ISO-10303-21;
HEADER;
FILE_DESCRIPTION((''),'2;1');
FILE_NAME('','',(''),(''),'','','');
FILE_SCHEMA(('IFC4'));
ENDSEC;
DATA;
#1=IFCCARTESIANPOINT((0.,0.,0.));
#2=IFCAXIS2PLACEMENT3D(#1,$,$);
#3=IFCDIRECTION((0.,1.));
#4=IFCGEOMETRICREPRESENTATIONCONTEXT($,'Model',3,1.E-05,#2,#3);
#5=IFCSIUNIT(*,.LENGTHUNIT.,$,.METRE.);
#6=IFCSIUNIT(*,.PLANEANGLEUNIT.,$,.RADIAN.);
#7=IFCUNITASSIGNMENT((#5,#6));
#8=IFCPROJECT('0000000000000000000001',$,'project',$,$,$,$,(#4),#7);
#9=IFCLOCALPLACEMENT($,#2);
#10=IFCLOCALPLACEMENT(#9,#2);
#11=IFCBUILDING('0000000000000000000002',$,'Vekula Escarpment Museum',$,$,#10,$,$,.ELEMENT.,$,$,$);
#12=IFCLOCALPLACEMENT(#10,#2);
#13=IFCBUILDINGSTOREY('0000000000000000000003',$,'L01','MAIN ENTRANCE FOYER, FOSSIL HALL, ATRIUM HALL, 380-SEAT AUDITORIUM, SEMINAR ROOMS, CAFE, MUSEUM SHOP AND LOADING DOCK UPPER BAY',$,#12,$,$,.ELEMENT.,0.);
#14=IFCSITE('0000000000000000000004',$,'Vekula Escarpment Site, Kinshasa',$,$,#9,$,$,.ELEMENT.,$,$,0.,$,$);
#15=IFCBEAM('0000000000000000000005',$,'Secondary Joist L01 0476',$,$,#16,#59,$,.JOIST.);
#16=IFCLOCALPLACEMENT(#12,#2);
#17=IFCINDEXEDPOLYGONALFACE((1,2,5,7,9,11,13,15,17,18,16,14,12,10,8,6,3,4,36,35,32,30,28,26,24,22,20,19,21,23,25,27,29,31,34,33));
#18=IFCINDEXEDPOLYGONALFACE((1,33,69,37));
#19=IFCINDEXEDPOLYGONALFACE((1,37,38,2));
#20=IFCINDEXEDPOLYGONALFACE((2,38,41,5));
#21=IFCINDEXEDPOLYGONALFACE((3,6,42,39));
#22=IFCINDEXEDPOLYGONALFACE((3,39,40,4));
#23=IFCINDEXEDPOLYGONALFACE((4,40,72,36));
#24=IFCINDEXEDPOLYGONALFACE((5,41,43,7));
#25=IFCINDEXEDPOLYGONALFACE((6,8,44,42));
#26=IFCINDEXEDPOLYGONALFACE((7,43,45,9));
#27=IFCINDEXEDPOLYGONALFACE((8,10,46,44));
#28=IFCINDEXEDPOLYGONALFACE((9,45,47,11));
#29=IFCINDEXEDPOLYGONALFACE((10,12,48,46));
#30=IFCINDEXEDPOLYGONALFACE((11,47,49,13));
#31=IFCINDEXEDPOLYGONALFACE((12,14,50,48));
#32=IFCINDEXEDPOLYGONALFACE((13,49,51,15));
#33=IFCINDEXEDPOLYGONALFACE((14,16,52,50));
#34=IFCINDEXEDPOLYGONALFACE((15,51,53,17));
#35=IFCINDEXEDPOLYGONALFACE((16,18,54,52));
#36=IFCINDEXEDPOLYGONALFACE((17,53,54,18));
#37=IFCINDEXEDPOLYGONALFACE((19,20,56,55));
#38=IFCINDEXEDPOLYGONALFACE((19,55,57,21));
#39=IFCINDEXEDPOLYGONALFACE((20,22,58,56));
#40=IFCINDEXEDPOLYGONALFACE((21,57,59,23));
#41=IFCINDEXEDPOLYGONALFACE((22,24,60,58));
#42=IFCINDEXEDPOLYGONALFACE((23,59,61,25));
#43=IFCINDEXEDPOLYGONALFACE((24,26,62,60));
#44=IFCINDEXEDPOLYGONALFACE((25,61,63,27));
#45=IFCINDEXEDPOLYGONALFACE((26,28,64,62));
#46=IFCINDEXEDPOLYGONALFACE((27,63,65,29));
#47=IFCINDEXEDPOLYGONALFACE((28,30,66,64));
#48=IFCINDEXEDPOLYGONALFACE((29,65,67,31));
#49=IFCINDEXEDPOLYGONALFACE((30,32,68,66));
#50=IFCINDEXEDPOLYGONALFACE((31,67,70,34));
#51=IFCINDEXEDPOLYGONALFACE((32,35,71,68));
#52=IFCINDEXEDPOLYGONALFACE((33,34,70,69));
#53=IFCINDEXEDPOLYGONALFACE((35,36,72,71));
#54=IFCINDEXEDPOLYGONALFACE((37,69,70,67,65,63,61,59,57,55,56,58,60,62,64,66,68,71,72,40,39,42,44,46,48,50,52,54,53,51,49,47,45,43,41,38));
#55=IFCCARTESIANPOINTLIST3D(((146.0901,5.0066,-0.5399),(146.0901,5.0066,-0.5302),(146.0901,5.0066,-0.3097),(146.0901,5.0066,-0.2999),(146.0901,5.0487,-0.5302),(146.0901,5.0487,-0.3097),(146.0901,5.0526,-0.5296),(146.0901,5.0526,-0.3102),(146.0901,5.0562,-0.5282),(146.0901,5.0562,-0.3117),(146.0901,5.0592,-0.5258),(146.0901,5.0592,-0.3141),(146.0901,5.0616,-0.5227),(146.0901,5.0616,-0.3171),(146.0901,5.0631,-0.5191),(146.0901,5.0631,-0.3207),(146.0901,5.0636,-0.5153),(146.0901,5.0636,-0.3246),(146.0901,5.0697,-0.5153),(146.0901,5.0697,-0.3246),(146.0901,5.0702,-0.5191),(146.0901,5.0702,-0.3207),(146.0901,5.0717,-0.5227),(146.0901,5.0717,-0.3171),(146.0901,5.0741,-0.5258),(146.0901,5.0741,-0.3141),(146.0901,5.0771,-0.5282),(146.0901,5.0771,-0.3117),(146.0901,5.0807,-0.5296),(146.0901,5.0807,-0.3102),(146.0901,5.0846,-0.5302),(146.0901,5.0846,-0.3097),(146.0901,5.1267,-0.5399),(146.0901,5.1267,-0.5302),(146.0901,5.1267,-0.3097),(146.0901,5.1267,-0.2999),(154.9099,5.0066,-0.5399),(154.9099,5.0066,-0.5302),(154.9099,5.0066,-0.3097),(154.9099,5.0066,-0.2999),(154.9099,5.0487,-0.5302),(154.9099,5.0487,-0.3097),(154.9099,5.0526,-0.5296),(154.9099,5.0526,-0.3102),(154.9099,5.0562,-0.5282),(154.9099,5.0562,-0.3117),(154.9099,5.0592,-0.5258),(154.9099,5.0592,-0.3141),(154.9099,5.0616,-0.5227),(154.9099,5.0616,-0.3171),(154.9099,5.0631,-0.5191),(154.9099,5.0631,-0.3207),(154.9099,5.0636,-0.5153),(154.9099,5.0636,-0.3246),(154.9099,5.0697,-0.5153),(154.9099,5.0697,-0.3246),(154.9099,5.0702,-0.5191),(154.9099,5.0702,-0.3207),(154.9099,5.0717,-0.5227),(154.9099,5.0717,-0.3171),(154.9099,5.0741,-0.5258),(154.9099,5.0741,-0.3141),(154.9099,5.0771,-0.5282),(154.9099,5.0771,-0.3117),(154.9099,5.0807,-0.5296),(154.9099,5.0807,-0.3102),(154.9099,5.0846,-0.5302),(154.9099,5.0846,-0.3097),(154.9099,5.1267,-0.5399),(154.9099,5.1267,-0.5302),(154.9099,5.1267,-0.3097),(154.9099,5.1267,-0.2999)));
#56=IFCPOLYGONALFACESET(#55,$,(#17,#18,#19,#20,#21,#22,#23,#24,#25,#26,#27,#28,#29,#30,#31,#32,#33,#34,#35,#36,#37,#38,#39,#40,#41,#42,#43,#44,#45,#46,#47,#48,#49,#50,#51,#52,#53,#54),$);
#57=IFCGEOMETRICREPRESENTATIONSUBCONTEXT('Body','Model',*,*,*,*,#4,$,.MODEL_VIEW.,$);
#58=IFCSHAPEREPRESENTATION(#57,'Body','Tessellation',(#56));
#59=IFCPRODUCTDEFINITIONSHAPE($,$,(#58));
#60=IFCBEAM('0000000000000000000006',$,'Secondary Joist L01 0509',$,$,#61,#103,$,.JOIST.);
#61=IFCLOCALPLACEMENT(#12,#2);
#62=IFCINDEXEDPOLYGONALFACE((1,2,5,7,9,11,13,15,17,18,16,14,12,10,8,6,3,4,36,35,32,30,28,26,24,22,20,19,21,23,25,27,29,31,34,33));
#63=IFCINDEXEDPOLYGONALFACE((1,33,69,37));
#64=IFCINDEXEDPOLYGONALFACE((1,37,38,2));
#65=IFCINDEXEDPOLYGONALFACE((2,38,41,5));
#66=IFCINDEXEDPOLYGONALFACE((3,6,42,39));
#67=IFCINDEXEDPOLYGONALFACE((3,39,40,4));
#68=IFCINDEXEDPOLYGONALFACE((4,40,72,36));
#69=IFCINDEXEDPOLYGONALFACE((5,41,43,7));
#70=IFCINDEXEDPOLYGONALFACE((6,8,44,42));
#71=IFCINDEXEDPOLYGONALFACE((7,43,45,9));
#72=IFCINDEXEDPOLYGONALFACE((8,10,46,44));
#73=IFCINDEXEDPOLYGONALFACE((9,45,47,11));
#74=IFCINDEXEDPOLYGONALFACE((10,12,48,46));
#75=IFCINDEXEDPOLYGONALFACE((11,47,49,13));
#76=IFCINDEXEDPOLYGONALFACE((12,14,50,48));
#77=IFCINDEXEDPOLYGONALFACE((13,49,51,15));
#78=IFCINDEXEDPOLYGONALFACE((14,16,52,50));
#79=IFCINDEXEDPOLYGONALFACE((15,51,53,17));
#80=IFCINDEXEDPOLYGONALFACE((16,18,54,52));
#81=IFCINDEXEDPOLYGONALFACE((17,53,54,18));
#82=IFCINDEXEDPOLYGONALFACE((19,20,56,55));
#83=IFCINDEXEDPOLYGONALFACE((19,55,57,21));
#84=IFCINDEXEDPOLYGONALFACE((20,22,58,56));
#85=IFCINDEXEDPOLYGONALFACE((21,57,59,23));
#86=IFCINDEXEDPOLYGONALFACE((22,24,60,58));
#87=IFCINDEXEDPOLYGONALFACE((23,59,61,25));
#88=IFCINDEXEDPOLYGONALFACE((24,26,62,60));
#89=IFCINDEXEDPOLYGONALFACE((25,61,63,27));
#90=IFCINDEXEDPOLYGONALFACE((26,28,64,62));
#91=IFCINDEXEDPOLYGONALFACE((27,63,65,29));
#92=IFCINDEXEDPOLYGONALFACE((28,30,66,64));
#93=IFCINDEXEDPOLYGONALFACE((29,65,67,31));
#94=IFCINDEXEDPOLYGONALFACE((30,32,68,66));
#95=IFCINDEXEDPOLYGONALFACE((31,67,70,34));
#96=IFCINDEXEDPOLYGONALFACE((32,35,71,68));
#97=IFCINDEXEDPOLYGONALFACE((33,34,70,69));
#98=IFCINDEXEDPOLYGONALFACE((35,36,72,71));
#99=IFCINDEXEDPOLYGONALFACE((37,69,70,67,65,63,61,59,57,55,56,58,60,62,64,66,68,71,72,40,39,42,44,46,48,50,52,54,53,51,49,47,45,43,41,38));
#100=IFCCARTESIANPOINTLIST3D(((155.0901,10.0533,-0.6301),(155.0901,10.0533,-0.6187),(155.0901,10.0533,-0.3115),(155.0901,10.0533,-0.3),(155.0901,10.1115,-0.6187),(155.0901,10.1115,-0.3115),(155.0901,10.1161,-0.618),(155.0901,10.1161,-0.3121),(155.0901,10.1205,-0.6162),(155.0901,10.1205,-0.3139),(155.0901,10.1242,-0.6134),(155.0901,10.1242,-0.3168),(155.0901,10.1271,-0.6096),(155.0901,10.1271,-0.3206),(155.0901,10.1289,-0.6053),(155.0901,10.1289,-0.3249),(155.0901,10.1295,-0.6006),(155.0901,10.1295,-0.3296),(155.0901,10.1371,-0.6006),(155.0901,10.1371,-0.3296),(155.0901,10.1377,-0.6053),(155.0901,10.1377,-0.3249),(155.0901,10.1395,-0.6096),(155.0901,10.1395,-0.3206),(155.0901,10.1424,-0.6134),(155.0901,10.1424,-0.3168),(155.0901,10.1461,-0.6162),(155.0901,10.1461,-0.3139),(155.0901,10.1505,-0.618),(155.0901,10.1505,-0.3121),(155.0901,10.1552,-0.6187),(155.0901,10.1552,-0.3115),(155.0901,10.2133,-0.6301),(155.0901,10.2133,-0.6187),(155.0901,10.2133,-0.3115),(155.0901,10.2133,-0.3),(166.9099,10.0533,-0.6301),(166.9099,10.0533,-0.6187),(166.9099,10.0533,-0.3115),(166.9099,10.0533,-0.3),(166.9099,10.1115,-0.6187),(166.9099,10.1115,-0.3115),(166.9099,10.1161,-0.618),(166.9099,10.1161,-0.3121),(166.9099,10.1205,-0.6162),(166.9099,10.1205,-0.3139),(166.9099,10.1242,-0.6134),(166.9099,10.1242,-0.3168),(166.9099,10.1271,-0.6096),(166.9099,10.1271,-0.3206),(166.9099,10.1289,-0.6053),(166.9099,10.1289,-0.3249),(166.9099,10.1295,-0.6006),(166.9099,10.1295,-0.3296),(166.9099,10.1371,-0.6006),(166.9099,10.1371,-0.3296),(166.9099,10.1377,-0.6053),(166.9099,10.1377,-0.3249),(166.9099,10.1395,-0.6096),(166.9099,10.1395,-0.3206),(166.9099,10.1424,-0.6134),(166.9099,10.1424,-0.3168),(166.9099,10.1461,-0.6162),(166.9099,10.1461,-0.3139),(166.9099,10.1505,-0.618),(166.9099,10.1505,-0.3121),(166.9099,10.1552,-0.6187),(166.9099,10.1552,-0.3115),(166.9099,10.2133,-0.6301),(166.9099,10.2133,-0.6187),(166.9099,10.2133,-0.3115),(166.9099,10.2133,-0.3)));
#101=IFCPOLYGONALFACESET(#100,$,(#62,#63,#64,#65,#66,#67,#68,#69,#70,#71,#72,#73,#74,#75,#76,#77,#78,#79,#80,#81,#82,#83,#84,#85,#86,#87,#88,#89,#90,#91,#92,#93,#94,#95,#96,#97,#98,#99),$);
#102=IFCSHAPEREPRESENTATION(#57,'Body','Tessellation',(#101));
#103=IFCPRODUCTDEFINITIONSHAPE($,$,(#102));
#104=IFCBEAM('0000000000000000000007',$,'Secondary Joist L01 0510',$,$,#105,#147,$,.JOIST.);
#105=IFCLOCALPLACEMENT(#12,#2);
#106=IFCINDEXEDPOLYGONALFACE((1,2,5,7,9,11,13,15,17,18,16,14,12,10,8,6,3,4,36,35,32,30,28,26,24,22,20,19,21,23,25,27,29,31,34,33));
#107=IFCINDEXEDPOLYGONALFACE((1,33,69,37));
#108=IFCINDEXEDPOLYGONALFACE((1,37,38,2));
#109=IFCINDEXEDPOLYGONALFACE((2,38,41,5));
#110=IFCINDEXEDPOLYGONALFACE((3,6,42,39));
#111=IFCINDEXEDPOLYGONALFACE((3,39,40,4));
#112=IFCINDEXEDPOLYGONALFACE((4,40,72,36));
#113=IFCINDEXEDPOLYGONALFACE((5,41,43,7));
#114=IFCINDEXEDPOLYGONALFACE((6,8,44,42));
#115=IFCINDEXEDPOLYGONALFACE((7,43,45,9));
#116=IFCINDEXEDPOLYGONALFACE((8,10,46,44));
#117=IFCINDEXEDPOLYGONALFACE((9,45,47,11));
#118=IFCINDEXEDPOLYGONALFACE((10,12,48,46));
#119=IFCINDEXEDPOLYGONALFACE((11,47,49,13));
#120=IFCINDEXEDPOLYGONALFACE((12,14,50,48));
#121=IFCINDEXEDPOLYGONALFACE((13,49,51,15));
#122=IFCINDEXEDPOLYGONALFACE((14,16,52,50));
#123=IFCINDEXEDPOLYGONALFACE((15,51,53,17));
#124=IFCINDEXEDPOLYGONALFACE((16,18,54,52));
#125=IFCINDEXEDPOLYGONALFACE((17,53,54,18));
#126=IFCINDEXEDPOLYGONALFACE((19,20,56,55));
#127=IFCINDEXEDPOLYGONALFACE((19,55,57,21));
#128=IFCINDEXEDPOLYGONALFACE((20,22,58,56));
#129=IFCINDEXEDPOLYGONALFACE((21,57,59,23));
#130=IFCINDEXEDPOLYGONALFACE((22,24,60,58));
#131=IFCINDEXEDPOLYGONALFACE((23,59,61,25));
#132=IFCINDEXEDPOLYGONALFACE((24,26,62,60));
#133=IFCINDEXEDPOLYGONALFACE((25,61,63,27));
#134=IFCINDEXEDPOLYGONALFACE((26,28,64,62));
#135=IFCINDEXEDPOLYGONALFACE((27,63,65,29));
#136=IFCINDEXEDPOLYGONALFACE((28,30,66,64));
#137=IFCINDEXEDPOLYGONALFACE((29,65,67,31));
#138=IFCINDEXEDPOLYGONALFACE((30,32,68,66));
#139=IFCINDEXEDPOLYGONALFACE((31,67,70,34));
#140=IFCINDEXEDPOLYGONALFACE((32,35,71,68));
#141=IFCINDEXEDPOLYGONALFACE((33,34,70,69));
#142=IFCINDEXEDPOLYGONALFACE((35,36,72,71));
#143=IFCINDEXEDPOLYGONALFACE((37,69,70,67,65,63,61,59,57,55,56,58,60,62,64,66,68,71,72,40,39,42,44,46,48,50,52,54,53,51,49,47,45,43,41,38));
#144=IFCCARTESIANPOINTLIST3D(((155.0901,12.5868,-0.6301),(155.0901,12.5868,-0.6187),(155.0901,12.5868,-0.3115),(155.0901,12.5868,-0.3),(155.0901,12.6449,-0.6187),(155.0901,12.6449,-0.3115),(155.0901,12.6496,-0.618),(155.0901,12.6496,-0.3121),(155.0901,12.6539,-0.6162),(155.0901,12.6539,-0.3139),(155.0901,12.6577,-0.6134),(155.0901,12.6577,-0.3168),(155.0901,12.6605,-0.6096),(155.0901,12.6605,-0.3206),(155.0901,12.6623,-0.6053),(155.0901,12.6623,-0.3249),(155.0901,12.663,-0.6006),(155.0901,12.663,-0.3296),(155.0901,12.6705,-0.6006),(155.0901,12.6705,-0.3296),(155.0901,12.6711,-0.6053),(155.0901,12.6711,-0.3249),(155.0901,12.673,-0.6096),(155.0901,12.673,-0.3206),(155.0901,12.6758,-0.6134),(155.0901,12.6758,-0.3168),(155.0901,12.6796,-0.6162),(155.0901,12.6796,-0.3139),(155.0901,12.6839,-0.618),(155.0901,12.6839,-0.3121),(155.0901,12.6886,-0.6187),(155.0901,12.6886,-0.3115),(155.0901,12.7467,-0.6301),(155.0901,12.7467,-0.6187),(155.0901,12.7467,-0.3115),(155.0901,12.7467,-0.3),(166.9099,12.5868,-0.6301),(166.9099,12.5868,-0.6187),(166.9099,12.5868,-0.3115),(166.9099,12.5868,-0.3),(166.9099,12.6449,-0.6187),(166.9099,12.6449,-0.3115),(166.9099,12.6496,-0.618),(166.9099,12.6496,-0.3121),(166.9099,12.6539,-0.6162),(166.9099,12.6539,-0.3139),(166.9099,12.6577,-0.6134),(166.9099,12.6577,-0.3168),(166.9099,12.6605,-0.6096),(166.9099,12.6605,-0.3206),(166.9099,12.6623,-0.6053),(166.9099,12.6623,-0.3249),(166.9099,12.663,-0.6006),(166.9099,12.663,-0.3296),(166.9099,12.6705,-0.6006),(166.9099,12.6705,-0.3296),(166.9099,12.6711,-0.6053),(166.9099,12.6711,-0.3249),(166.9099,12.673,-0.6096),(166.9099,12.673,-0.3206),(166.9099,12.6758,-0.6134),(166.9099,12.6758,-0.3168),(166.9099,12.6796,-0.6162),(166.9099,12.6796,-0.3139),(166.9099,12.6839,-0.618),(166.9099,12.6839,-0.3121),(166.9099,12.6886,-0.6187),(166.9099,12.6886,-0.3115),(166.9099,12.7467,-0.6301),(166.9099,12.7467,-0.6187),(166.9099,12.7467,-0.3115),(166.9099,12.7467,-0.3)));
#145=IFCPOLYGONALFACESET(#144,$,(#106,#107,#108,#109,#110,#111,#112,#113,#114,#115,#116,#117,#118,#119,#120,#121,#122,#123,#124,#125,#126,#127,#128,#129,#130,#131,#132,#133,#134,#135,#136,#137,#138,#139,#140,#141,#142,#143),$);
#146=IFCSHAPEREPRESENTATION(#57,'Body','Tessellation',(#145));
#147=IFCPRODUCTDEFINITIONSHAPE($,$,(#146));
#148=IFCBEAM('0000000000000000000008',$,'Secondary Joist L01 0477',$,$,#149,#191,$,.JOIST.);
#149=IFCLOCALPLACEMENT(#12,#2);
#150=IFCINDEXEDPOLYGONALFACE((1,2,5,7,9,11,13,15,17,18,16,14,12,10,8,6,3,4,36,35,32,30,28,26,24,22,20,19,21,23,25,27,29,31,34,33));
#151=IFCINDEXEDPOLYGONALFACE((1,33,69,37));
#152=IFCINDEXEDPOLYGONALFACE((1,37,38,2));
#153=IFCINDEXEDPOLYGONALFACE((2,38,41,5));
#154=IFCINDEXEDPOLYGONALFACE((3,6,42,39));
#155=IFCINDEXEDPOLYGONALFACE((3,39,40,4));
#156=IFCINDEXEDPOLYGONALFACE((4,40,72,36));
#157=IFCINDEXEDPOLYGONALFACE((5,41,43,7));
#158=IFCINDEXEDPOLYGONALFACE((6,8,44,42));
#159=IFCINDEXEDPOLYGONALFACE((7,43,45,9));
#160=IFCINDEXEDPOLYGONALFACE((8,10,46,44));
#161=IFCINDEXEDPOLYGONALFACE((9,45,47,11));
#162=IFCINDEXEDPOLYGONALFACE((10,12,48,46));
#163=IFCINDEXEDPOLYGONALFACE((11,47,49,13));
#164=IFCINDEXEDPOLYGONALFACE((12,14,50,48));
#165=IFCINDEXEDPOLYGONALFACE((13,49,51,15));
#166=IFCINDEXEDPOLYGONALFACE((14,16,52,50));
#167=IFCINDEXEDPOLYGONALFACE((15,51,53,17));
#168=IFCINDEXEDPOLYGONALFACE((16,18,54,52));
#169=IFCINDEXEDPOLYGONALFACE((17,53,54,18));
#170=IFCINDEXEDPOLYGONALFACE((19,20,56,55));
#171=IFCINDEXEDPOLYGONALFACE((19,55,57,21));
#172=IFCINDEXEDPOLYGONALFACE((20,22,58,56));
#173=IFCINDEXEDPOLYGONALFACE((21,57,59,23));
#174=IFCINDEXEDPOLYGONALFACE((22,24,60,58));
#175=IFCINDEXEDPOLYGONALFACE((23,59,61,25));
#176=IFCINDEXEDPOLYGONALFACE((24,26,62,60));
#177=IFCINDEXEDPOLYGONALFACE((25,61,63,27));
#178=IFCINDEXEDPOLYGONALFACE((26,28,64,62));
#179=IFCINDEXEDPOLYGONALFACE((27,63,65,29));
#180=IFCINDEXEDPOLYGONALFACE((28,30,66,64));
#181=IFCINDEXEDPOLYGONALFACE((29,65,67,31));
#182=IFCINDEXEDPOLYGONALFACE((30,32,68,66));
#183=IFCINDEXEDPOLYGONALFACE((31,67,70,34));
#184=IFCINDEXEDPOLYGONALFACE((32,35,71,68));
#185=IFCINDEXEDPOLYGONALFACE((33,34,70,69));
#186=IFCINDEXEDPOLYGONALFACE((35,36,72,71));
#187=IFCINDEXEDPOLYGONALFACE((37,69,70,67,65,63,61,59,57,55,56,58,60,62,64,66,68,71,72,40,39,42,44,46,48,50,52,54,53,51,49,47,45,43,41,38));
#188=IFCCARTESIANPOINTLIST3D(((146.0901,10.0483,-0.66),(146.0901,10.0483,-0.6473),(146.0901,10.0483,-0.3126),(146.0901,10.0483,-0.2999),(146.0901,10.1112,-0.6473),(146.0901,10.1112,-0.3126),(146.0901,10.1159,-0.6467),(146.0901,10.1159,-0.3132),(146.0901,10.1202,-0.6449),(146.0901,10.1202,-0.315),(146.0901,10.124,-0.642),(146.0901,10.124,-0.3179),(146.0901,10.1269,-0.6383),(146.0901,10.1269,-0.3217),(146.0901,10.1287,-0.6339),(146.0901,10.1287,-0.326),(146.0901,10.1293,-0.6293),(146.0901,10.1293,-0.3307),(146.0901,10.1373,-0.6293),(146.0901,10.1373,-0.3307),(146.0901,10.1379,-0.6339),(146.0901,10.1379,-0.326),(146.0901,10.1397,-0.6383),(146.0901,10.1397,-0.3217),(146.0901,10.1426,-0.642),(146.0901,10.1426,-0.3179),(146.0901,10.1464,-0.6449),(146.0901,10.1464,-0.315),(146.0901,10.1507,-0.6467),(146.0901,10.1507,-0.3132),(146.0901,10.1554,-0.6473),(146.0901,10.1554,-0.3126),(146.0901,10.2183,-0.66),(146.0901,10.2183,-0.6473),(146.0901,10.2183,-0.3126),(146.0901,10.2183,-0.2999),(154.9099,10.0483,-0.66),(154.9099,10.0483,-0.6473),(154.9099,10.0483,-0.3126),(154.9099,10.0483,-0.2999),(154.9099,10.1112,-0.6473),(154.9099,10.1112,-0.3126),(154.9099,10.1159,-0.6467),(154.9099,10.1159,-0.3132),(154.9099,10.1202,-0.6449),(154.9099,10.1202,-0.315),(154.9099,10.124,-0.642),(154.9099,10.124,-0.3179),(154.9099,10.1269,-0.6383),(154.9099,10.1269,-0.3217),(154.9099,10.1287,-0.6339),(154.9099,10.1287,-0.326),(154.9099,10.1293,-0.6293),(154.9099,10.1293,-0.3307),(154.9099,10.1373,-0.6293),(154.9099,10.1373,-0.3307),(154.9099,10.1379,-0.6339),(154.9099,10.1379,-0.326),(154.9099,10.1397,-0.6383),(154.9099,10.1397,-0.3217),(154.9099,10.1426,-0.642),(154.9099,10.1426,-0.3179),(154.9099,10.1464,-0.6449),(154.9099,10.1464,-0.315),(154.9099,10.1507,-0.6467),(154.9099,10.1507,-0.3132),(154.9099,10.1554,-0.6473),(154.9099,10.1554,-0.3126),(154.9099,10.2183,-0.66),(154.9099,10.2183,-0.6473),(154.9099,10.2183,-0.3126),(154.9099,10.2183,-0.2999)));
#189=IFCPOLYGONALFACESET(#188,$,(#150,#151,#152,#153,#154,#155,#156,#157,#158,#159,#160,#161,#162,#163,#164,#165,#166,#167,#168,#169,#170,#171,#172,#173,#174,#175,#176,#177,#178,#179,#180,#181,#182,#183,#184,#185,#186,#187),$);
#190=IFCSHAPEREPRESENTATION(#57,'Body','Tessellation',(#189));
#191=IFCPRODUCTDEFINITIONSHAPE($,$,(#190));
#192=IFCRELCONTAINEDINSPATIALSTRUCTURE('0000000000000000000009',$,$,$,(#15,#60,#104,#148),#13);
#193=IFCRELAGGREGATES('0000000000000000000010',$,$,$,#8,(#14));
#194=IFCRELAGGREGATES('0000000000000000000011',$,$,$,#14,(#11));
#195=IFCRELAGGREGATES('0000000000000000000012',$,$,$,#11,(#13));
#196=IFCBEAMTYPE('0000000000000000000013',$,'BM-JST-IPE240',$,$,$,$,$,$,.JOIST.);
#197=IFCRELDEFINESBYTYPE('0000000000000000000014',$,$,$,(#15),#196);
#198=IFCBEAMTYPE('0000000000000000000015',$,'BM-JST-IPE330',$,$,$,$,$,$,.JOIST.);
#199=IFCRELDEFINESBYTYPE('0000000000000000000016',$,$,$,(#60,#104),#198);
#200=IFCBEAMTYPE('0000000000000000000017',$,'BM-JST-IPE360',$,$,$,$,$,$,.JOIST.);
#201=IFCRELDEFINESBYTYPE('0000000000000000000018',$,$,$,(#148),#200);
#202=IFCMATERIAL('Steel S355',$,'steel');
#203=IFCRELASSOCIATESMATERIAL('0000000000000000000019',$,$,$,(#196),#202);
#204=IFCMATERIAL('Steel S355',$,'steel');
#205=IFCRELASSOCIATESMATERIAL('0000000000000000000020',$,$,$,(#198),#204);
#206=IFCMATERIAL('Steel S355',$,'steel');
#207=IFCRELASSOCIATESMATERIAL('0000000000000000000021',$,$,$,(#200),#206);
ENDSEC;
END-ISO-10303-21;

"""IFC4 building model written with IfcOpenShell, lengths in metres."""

from ifc_helpers import new_model, si_unit, direction, frame, origin, origin_2d, place, context, subcontext, project, spatial, i_section, extrude, material, material_profile, profile_set, type_object, element, save


model = new_model("IFC4")

# Units and contexts
model_context = context("Model", 3, precision=1e-05, world=origin(), true_north=direction((0.0, 1.0)))
body_context = subcontext(model_context, "Body", "Model", "MODEL_VIEW")
ifc_project = project(units=[si_unit("LENGTHUNIT", "METRE"), si_unit("PLANEANGLEUNIT", "RADIAN")], contexts=[model_context])

# Site, building, storey
site_placement = place(None, origin())
site = spatial("IfcSite", under=ifc_project, at=site_placement, Name="Vekula Escarpment Site, Kinshasa", CompositionType="ELEMENT", RefElevation=0.0)
building_placement = place(site_placement, origin())
building = spatial("IfcBuilding", under=site, at=building_placement, Name="Vekula Escarpment Museum", CompositionType="ELEMENT")
storey_placement = place(building_placement, origin())
storey = spatial("IfcBuildingStorey", under=building, at=storey_placement, Name="L01", Description="MAIN ENTRANCE FOYER, FOSSIL HALL, ATRIUM HALL, 380-SEAT AUDITORIUM, SEMINAR ROOMS, CAFE, MUSEUM SHOP AND LOADING DOCK UPPER BAY", CompositionType="ELEMENT", Elevation=0.0)

# Beams
ifc_material_1 = material(Name="Steel S355", Category="steel")
ifc_material_profile_1 = material_profile(ifc_material_1, i_section(OverallWidth=0.1201, OverallDepth=0.24, WebThickness=0.0061, FlangeThickness=0.0098, FilletRadius=0.0149, at=origin_2d()), Name="IPE 240")
ifc_profile_set_1 = profile_set([ifc_material_profile_1], Name="Steel S355")
beam_type_1 = type_object("IfcBeamType", Name="BM-JST-IPE240", PredefinedType="JOIST", material=ifc_profile_set_1)
for number, where, z_axis, x_axis, name in (
    (1, (146.0901, 5.0667, -0.4199), (1.0, 0.0, 0.0), (0.0, 1.0, 0.0), "Secondary Joist L01 0476"),
):
    element("IfcBeam", number, at=place(storey_placement, frame(where, z_axis=z_axis, x_axis=x_axis)), inside=storey, type_object=beam_type_1, Name=name, PredefinedType="JOIST", context=body_context, shape_type="SweptSolid", body=[
        extrude(i_section(OverallWidth=0.1201, OverallDepth=0.24, WebThickness=0.0061, FlangeThickness=0.0098, FilletRadius=0.0149, at=origin_2d()), origin(), (0.0, 0.0, 1.0), 8.8198),
    ])
ifc_material_2 = material(Name="Steel S355", Category="steel")
ifc_material_profile_2 = material_profile(ifc_material_2, i_section(OverallWidth=0.1599, OverallDepth=0.3301, WebThickness=0.0076, FlangeThickness=0.0115, FilletRadius=0.0181, at=origin_2d()), Name="IPE 330")
ifc_profile_set_2 = profile_set([ifc_material_profile_2], Name="Steel S355")
beam_type_2 = type_object("IfcBeamType", Name="BM-JST-IPE330", PredefinedType="JOIST", material=ifc_profile_set_2)
for number, where, z_axis, x_axis, name in (
    (2, (155.0901, 10.1333, -0.4651), (1.0, 0.0, 0.0), (0.0, 1.0, 0.0), "Secondary Joist L01 0509"),
    (3, (155.0901, 12.6667, -0.4651), (1.0, 0.0, 0.0), (0.0, 1.0, 0.0), "Secondary Joist L01 0510"),
):
    element("IfcBeam", number, at=place(storey_placement, frame(where, z_axis=z_axis, x_axis=x_axis)), inside=storey, type_object=beam_type_2, Name=name, PredefinedType="JOIST", context=body_context, shape_type="SweptSolid", body=[
        extrude(i_section(OverallWidth=0.1599, OverallDepth=0.3301, WebThickness=0.0076, FlangeThickness=0.0115, FilletRadius=0.0181, at=origin_2d()), origin(), (0.0, 0.0, 1.0), 11.8198),
    ])
ifc_material_3 = material(Name="Steel S355", Category="steel")
ifc_material_profile_3 = material_profile(ifc_material_3, i_section(OverallWidth=0.1699, OverallDepth=0.3601, WebThickness=0.0081, FlangeThickness=0.0127, FilletRadius=0.0181, at=origin_2d()), Name="IPE 360")
ifc_profile_set_3 = profile_set([ifc_material_profile_3], Name="Steel S355")
beam_type_3 = type_object("IfcBeamType", Name="BM-JST-IPE360", PredefinedType="JOIST", material=ifc_profile_set_3)
for number, where, z_axis, x_axis, name in (
    (4, (146.0901, 10.1333, -0.48), (1.0, 0.0, 0.0), (0.0, 1.0, 0.0), "Secondary Joist L01 0477"),
):
    element("IfcBeam", number, at=place(storey_placement, frame(where, z_axis=z_axis, x_axis=x_axis)), inside=storey, type_object=beam_type_3, Name=name, PredefinedType="JOIST", context=body_context, shape_type="SweptSolid", body=[
        extrude(i_section(OverallWidth=0.1699, OverallDepth=0.3601, WebThickness=0.0081, FlangeThickness=0.0127, FilletRadius=0.0181, at=origin_2d()), origin(), (0.0, 0.0, 1.0), 8.8198),
    ])

save(model, "model.ifc")
